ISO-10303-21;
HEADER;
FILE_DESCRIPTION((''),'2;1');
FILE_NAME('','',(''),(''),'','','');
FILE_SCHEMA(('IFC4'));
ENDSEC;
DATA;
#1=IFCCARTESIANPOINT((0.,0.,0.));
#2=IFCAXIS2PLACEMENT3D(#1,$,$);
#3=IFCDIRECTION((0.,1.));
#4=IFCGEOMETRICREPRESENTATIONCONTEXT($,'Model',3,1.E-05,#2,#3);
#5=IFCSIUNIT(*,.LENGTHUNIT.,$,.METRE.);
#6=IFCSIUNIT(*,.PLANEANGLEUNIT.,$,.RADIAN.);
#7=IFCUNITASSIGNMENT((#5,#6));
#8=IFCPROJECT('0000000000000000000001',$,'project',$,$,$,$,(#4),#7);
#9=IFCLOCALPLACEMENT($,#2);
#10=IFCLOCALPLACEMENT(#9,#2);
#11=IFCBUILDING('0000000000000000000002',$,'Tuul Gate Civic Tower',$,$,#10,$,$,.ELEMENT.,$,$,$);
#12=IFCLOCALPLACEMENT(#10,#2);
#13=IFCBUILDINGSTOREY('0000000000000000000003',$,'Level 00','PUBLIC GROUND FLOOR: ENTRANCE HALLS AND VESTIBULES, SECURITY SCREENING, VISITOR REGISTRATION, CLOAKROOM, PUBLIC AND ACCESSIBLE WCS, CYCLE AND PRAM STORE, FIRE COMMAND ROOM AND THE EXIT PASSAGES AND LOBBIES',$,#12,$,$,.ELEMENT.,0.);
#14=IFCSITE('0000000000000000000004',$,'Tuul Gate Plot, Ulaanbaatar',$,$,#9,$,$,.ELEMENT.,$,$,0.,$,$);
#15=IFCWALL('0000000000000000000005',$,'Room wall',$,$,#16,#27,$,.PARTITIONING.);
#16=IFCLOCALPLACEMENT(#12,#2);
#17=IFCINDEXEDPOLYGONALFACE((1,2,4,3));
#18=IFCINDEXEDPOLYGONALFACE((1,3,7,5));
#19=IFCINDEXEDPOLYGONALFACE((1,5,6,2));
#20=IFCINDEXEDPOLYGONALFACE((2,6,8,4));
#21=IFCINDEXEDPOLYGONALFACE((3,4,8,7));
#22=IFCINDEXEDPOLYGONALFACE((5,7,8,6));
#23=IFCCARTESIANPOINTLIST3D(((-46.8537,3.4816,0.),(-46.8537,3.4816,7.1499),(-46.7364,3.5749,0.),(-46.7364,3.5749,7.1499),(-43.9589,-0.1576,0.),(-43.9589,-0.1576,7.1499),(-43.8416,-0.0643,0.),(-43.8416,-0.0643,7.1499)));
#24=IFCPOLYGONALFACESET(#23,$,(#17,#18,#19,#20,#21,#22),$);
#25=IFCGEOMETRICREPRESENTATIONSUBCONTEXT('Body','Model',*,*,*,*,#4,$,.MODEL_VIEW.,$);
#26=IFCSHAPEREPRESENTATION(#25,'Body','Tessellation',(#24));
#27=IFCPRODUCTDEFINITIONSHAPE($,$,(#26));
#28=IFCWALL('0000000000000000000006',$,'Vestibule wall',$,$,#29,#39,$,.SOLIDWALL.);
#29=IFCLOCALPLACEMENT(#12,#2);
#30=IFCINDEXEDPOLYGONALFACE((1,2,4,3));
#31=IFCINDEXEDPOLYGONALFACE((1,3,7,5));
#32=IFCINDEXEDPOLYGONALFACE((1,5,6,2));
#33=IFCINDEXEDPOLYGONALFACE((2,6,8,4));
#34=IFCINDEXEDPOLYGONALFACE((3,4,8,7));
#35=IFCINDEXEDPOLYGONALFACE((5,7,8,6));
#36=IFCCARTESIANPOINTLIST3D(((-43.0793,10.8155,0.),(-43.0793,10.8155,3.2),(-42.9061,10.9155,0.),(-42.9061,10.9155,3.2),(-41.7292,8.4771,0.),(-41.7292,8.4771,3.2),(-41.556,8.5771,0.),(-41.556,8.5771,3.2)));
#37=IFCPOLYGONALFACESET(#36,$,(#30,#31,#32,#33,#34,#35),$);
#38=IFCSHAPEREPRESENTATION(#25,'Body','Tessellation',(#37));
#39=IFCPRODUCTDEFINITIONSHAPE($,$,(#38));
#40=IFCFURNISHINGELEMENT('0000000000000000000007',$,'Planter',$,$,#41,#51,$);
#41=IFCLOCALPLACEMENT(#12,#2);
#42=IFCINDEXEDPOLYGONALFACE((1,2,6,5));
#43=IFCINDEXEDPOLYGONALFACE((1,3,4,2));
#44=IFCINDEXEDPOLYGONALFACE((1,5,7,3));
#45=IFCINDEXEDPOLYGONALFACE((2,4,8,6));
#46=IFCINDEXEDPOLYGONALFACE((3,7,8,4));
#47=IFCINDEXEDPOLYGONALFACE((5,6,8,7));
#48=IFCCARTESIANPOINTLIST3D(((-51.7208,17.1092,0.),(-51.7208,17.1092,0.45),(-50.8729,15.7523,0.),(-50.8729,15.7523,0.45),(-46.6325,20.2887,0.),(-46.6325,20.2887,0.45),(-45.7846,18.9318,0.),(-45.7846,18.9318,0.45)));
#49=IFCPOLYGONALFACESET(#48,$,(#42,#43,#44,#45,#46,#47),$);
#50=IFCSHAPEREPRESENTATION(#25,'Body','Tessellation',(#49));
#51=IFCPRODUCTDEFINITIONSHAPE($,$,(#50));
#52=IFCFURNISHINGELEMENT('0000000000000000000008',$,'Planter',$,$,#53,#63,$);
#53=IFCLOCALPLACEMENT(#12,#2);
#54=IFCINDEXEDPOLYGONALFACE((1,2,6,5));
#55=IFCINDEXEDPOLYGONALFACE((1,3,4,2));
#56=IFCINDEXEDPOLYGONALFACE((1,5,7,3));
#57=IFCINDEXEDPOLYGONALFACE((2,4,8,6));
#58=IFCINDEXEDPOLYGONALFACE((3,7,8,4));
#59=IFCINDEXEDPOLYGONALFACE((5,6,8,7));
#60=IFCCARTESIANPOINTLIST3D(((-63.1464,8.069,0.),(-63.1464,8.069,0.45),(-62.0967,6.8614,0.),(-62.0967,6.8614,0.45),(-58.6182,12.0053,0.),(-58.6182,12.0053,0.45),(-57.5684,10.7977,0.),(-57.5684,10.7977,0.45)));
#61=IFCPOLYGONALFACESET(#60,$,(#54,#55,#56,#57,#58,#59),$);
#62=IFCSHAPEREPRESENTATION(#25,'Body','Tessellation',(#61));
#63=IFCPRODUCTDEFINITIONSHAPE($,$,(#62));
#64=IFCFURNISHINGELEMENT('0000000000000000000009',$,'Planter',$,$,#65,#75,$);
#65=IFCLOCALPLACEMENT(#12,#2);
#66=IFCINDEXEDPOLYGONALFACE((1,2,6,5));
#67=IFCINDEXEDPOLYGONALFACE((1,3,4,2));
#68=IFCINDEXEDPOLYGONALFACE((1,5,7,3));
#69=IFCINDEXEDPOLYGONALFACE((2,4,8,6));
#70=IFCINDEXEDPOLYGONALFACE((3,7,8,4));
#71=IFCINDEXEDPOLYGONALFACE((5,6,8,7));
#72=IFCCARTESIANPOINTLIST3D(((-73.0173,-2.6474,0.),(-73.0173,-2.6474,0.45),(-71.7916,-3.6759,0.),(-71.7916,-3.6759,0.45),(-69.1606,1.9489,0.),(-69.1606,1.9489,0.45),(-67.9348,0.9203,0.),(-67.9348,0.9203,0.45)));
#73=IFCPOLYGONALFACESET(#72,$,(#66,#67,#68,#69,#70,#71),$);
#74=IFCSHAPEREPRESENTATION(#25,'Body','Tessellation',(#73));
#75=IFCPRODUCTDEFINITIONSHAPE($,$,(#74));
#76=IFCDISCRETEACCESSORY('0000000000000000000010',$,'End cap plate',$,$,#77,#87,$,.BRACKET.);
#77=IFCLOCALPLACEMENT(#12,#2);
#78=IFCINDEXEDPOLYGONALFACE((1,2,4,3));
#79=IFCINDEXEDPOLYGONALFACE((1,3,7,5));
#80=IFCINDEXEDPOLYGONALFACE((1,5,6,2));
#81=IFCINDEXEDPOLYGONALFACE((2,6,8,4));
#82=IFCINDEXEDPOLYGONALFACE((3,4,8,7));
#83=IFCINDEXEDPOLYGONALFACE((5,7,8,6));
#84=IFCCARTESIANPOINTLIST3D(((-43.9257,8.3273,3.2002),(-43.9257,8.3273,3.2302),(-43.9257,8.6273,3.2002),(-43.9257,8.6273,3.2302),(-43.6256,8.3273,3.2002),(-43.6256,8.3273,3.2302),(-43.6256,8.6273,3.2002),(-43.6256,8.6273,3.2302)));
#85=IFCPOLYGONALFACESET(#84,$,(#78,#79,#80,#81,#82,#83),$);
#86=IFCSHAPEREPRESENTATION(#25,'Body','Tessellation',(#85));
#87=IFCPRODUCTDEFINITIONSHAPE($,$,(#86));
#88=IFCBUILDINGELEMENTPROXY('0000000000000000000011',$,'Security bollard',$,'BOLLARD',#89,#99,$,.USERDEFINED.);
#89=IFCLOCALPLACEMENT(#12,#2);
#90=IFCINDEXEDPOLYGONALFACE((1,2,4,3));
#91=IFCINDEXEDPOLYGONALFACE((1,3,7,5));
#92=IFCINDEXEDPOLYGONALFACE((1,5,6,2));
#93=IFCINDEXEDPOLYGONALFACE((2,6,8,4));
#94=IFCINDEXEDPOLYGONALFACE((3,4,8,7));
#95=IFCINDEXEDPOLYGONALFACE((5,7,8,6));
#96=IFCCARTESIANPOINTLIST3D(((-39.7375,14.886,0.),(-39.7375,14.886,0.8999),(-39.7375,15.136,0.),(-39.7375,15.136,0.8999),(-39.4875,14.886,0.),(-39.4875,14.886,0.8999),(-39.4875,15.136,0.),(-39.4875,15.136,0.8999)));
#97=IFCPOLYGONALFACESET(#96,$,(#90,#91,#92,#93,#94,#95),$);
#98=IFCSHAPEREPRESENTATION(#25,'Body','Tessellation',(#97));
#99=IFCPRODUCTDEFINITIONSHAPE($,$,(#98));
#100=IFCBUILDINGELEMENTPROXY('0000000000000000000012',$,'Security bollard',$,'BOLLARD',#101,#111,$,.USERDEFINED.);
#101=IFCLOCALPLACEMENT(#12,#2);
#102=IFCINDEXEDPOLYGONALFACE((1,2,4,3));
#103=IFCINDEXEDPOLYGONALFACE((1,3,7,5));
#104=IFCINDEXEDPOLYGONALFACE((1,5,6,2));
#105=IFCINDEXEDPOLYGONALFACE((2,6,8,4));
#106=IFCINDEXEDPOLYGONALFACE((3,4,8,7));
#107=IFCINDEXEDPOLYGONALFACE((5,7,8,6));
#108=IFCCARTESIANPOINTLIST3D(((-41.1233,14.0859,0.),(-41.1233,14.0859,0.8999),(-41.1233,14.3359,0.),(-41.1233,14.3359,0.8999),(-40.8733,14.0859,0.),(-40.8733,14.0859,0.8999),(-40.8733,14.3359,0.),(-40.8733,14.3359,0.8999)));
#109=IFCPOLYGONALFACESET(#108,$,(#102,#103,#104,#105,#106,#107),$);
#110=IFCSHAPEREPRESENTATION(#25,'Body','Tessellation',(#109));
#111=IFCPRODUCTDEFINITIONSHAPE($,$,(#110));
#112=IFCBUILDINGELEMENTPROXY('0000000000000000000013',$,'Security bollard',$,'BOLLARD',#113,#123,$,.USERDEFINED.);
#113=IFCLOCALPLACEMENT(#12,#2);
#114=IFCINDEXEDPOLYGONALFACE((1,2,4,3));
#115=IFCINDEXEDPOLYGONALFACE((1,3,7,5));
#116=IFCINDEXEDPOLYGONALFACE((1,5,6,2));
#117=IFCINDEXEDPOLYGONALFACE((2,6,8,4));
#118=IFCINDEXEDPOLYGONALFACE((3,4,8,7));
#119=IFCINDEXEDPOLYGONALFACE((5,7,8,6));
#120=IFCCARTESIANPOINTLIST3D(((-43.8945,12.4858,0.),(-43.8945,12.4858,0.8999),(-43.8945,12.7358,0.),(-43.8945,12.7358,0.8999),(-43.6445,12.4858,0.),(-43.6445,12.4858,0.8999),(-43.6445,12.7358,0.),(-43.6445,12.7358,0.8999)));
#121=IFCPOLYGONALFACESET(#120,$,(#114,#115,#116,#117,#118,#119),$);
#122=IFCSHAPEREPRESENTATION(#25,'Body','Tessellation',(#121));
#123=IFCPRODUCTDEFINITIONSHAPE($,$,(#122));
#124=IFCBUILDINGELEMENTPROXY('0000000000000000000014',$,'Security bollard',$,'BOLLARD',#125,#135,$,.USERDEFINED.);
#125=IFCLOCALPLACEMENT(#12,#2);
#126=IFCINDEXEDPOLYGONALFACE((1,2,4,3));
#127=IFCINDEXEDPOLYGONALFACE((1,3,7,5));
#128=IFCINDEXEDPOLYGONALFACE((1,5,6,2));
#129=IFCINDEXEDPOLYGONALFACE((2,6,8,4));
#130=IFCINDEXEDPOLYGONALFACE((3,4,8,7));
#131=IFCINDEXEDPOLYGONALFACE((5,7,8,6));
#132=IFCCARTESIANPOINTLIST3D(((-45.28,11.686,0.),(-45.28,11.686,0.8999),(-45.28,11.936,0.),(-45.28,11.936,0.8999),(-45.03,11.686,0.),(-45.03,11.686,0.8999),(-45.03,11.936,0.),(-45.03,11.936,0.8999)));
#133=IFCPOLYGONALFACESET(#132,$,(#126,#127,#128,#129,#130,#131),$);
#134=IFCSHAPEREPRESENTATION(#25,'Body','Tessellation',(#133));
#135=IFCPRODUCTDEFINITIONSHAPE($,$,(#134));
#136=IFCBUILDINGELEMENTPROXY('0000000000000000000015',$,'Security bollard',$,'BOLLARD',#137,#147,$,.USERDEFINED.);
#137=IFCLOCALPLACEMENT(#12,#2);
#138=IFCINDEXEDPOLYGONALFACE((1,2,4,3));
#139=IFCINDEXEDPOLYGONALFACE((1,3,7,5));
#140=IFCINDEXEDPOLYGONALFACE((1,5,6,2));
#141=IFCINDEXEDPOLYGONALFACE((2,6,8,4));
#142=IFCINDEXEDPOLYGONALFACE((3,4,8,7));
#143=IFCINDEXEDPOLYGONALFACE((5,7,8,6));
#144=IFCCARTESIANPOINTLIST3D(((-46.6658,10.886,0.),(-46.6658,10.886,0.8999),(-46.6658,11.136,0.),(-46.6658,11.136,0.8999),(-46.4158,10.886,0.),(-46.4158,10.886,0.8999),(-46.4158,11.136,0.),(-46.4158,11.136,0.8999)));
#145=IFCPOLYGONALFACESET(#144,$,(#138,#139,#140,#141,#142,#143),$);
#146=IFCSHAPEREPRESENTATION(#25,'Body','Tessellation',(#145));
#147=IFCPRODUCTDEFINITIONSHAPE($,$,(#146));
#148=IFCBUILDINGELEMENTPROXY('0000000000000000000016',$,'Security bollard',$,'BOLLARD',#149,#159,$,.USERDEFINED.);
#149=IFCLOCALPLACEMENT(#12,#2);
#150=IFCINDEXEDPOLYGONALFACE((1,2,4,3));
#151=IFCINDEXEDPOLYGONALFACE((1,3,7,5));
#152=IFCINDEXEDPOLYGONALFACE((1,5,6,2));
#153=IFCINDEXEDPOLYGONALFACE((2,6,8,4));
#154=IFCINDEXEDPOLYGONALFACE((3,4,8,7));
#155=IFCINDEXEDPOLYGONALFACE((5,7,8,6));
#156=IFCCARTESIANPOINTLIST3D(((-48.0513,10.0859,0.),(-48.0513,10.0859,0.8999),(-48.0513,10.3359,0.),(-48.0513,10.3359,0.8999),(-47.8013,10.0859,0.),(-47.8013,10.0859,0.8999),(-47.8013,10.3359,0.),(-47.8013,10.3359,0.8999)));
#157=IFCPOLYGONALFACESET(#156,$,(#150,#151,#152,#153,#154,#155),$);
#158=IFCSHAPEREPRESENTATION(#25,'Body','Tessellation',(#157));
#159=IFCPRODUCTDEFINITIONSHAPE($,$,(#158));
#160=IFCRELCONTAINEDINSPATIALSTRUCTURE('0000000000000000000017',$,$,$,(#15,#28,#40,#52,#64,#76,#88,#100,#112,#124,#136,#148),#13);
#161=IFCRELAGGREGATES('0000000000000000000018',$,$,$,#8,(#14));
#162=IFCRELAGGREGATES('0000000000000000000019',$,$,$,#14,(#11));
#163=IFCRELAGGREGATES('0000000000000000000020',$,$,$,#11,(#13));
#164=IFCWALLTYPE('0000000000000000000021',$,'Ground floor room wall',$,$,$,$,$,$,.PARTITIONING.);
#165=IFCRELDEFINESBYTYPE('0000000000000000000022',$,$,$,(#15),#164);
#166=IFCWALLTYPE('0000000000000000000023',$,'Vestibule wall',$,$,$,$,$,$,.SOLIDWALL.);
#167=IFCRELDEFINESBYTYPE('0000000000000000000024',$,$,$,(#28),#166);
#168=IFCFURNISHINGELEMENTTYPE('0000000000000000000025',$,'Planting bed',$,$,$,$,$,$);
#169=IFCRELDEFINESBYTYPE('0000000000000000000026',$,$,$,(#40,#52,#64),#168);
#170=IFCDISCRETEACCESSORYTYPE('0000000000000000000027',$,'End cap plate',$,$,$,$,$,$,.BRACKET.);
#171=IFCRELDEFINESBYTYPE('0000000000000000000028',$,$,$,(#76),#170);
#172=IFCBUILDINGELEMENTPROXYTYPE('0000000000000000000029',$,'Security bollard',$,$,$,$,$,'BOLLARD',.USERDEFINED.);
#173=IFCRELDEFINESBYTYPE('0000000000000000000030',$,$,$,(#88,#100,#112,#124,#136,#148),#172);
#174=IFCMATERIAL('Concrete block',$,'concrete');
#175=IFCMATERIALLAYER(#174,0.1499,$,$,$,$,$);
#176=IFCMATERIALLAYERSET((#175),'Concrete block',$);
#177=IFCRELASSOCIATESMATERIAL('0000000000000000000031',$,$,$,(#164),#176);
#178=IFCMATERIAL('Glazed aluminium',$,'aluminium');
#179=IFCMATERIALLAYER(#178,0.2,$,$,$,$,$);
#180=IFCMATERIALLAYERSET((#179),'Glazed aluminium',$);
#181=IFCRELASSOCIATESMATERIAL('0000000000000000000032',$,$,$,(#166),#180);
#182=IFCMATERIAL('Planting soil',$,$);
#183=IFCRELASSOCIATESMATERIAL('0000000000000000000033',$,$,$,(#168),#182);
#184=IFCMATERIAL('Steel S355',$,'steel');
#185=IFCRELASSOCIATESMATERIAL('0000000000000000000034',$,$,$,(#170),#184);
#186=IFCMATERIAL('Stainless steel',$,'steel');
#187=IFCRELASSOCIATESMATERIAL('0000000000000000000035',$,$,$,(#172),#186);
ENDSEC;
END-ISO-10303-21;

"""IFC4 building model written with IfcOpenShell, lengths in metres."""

from ifc_helpers import new_model, si_unit, direction, frame, frame_2d, origin, origin_2d, place, context, subcontext, project, spatial, rectangle, extrude, material, layer, layer_set, type_object, element, save


model = new_model("IFC4")

# Units and contexts
model_context = context("Model", 3, precision=1e-05, world=origin(), true_north=direction((0.0, 1.0)))
body_context = subcontext(model_context, "Body", "Model", "MODEL_VIEW")
ifc_project = project(units=[si_unit("LENGTHUNIT", "METRE"), si_unit("PLANEANGLEUNIT", "RADIAN")], contexts=[model_context])

# Site, building, storey
site_placement = place(None, origin())
site = spatial("IfcSite", under=ifc_project, at=site_placement, Name="Tuul Gate Plot, Ulaanbaatar", CompositionType="ELEMENT", RefElevation=0.0)
building_placement = place(site_placement, origin())
building = spatial("IfcBuilding", under=site, at=building_placement, Name="Tuul Gate Civic Tower", CompositionType="ELEMENT")
storey_placement = place(building_placement, origin())
storey = spatial("IfcBuildingStorey", under=building, at=storey_placement, Name="Level 00", Description="PUBLIC GROUND FLOOR: ENTRANCE HALLS AND VESTIBULES, SECURITY SCREENING, VISITOR REGISTRATION, CLOAKROOM, PUBLIC AND ACCESSIBLE WCS, CYCLE AND PRAM STORE, FIRE COMMAND ROOM AND THE EXIT PASSAGES AND LOBBIES", CompositionType="ELEMENT", Elevation=0.0)

# Shared definitions
ifc_material_1 = material(Name="Concrete block", Category="concrete")
ifc_layer_1 = layer(ifc_material_1, 0.1499)
ifc_layer_set_1 = layer_set([ifc_layer_1], Name="Concrete block")
wall_type_1 = type_object("IfcWallType", Name="Ground floor room wall", PredefinedType="PARTITIONING", material=ifc_layer_set_1)

# Walls
wall_1_placement = place(storey_placement, frame((-46.7952, 3.5283, 0.0), z_axis=(0.0, 0.0, 1.0), x_axis=(0.622522, -0.782602, 0.0)))
element("IfcWall", 1, at=wall_1_placement, inside=storey, type_object=wall_type_1, Name="Room wall", PredefinedType="PARTITIONING", context=body_context, shape_type="SweptSolid", body=[
    extrude(rectangle(XDim=4.6501, YDim=0.1499, at=frame_2d((2.3252, 0.0))), origin(), (0.0, 0.0, 1.0), 7.1499),
])
ifc_material_2 = material(Name="Glazed aluminium", Category="aluminium")
ifc_layer_2 = layer(ifc_material_2, 0.2)
ifc_layer_set_2 = layer_set([ifc_layer_2], Name="Glazed aluminium")
wall_type_2 = type_object("IfcWallType", Name="Vestibule wall", PredefinedType="SOLIDWALL", material=ifc_layer_set_2)
wall_2_placement = place(storey_placement, frame((-41.6426, 8.5271, 0.0), z_axis=(0.0, 0.0, 1.0), x_axis=(-0.500009, 0.86602, 0.0)))
element("IfcWall", 2, at=wall_2_placement, inside=storey, type_object=wall_type_2, Name="Vestibule wall", PredefinedType="SOLIDWALL", context=body_context, shape_type="SweptSolid", body=[
    extrude(rectangle(XDim=2.7002, YDim=0.2, at=frame_2d((1.3501, 0.0))), origin(), (0.0, 0.0, 1.0), 3.2),
])

# Furnishing elements
ifc_material_3 = material(Name="Planting soil")
furnishing_element_type = type_object("IfcFurnishingElementType", Name="Planting bed", material=ifc_material_3)
for number, where, z_axis, x_axis, name in (
    (3, (-48.7527, 18.0205, 0.0), (0.0, 0.0, 1.0), (-0.848048, -0.529919, 0.0), "Planter"),
    (4, (-60.3574, 9.4333, 0.0), (0.0, 0.0, 1.0), (-0.75471, -0.656059, 0.0), "Planter"),
    (5, (-70.4761, -0.8635, 0.0), (0.0, 0.0, 1.0), (-0.642788, -0.766044, 0.0), "Planter"),
):
    element("IfcFurnishingElement", number, at=place(storey_placement, frame(where, z_axis=z_axis, x_axis=x_axis)), inside=storey, type_object=furnishing_element_type, Name=name, context=body_context, shape_type="SweptSolid", body=[
        extrude(rectangle(XDim=6.0, YDim=1.6001, at=origin_2d()), origin(), (0.0, 0.0, 1.0), 0.45),
    ])

# Discrete accessory
ifc_material_4 = material(Name="Steel S355", Category="steel")
discrete_accessory_type = type_object("IfcDiscreteAccessoryType", Name="End cap plate", PredefinedType="BRACKET", material=ifc_material_4)
discrete_accessory_placement = place(storey_placement, frame((-43.7756, 8.4773, 3.2002), z_axis=(0.0, 0.0, 1.0), x_axis=(1.0, 0.0, 0.0)))
element("IfcDiscreteAccessory", 6, at=discrete_accessory_placement, inside=storey, type_object=discrete_accessory_type, Name="End cap plate", PredefinedType="BRACKET", context=body_context, shape_type="SweptSolid", body=[
    extrude(rectangle(XDim=0.3, YDim=0.3, at=origin_2d()), origin(), (0.0, 0.0, 1.0), 0.03),
])

# Building element proxies
ifc_material_5 = material(Name="Stainless steel", Category="steel")
building_element_proxy_type = type_object("IfcBuildingElementProxyType", Name="Security bollard", ElementType="BOLLARD", PredefinedType="USERDEFINED", material=ifc_material_5)
for number, where, z_axis, x_axis, name in (
    (7, (-39.6125, 15.011, 0.0), (0.0, 0.0, 1.0), (1.0, 0.0, 0.0), "Security bollard"),
    (8, (-40.9983, 14.2109, 0.0), (0.0, 0.0, 1.0), (1.0, 0.0, 0.0), "Security bollard"),
    (9, (-43.7695, 12.6108, 0.0), (0.0, 0.0, 1.0), (1.0, 0.0, 0.0), "Security bollard"),
    (10, (-45.155, 11.811, 0.0), (0.0, 0.0, 1.0), (1.0, 0.0, 0.0), "Security bollard"),
    (11, (-46.5408, 11.011, 0.0), (0.0, 0.0, 1.0), (1.0, 0.0, 0.0), "Security bollard"),
    (12, (-47.9263, 10.2109, 0.0), (0.0, 0.0, 1.0), (1.0, 0.0, 0.0), "Security bollard"),
):
    element("IfcBuildingElementProxy", number, at=place(storey_placement, frame(where, z_axis=z_axis, x_axis=x_axis)), inside=storey, type_object=building_element_proxy_type, Name=name, ObjectType="BOLLARD", PredefinedType="USERDEFINED", context=body_context, shape_type="SweptSolid", body=[
        extrude(rectangle(XDim=0.25, YDim=0.25, at=origin_2d()), origin(), (0.0, 0.0, 1.0), 0.8999),
    ])

save(model, "model.ifc")
